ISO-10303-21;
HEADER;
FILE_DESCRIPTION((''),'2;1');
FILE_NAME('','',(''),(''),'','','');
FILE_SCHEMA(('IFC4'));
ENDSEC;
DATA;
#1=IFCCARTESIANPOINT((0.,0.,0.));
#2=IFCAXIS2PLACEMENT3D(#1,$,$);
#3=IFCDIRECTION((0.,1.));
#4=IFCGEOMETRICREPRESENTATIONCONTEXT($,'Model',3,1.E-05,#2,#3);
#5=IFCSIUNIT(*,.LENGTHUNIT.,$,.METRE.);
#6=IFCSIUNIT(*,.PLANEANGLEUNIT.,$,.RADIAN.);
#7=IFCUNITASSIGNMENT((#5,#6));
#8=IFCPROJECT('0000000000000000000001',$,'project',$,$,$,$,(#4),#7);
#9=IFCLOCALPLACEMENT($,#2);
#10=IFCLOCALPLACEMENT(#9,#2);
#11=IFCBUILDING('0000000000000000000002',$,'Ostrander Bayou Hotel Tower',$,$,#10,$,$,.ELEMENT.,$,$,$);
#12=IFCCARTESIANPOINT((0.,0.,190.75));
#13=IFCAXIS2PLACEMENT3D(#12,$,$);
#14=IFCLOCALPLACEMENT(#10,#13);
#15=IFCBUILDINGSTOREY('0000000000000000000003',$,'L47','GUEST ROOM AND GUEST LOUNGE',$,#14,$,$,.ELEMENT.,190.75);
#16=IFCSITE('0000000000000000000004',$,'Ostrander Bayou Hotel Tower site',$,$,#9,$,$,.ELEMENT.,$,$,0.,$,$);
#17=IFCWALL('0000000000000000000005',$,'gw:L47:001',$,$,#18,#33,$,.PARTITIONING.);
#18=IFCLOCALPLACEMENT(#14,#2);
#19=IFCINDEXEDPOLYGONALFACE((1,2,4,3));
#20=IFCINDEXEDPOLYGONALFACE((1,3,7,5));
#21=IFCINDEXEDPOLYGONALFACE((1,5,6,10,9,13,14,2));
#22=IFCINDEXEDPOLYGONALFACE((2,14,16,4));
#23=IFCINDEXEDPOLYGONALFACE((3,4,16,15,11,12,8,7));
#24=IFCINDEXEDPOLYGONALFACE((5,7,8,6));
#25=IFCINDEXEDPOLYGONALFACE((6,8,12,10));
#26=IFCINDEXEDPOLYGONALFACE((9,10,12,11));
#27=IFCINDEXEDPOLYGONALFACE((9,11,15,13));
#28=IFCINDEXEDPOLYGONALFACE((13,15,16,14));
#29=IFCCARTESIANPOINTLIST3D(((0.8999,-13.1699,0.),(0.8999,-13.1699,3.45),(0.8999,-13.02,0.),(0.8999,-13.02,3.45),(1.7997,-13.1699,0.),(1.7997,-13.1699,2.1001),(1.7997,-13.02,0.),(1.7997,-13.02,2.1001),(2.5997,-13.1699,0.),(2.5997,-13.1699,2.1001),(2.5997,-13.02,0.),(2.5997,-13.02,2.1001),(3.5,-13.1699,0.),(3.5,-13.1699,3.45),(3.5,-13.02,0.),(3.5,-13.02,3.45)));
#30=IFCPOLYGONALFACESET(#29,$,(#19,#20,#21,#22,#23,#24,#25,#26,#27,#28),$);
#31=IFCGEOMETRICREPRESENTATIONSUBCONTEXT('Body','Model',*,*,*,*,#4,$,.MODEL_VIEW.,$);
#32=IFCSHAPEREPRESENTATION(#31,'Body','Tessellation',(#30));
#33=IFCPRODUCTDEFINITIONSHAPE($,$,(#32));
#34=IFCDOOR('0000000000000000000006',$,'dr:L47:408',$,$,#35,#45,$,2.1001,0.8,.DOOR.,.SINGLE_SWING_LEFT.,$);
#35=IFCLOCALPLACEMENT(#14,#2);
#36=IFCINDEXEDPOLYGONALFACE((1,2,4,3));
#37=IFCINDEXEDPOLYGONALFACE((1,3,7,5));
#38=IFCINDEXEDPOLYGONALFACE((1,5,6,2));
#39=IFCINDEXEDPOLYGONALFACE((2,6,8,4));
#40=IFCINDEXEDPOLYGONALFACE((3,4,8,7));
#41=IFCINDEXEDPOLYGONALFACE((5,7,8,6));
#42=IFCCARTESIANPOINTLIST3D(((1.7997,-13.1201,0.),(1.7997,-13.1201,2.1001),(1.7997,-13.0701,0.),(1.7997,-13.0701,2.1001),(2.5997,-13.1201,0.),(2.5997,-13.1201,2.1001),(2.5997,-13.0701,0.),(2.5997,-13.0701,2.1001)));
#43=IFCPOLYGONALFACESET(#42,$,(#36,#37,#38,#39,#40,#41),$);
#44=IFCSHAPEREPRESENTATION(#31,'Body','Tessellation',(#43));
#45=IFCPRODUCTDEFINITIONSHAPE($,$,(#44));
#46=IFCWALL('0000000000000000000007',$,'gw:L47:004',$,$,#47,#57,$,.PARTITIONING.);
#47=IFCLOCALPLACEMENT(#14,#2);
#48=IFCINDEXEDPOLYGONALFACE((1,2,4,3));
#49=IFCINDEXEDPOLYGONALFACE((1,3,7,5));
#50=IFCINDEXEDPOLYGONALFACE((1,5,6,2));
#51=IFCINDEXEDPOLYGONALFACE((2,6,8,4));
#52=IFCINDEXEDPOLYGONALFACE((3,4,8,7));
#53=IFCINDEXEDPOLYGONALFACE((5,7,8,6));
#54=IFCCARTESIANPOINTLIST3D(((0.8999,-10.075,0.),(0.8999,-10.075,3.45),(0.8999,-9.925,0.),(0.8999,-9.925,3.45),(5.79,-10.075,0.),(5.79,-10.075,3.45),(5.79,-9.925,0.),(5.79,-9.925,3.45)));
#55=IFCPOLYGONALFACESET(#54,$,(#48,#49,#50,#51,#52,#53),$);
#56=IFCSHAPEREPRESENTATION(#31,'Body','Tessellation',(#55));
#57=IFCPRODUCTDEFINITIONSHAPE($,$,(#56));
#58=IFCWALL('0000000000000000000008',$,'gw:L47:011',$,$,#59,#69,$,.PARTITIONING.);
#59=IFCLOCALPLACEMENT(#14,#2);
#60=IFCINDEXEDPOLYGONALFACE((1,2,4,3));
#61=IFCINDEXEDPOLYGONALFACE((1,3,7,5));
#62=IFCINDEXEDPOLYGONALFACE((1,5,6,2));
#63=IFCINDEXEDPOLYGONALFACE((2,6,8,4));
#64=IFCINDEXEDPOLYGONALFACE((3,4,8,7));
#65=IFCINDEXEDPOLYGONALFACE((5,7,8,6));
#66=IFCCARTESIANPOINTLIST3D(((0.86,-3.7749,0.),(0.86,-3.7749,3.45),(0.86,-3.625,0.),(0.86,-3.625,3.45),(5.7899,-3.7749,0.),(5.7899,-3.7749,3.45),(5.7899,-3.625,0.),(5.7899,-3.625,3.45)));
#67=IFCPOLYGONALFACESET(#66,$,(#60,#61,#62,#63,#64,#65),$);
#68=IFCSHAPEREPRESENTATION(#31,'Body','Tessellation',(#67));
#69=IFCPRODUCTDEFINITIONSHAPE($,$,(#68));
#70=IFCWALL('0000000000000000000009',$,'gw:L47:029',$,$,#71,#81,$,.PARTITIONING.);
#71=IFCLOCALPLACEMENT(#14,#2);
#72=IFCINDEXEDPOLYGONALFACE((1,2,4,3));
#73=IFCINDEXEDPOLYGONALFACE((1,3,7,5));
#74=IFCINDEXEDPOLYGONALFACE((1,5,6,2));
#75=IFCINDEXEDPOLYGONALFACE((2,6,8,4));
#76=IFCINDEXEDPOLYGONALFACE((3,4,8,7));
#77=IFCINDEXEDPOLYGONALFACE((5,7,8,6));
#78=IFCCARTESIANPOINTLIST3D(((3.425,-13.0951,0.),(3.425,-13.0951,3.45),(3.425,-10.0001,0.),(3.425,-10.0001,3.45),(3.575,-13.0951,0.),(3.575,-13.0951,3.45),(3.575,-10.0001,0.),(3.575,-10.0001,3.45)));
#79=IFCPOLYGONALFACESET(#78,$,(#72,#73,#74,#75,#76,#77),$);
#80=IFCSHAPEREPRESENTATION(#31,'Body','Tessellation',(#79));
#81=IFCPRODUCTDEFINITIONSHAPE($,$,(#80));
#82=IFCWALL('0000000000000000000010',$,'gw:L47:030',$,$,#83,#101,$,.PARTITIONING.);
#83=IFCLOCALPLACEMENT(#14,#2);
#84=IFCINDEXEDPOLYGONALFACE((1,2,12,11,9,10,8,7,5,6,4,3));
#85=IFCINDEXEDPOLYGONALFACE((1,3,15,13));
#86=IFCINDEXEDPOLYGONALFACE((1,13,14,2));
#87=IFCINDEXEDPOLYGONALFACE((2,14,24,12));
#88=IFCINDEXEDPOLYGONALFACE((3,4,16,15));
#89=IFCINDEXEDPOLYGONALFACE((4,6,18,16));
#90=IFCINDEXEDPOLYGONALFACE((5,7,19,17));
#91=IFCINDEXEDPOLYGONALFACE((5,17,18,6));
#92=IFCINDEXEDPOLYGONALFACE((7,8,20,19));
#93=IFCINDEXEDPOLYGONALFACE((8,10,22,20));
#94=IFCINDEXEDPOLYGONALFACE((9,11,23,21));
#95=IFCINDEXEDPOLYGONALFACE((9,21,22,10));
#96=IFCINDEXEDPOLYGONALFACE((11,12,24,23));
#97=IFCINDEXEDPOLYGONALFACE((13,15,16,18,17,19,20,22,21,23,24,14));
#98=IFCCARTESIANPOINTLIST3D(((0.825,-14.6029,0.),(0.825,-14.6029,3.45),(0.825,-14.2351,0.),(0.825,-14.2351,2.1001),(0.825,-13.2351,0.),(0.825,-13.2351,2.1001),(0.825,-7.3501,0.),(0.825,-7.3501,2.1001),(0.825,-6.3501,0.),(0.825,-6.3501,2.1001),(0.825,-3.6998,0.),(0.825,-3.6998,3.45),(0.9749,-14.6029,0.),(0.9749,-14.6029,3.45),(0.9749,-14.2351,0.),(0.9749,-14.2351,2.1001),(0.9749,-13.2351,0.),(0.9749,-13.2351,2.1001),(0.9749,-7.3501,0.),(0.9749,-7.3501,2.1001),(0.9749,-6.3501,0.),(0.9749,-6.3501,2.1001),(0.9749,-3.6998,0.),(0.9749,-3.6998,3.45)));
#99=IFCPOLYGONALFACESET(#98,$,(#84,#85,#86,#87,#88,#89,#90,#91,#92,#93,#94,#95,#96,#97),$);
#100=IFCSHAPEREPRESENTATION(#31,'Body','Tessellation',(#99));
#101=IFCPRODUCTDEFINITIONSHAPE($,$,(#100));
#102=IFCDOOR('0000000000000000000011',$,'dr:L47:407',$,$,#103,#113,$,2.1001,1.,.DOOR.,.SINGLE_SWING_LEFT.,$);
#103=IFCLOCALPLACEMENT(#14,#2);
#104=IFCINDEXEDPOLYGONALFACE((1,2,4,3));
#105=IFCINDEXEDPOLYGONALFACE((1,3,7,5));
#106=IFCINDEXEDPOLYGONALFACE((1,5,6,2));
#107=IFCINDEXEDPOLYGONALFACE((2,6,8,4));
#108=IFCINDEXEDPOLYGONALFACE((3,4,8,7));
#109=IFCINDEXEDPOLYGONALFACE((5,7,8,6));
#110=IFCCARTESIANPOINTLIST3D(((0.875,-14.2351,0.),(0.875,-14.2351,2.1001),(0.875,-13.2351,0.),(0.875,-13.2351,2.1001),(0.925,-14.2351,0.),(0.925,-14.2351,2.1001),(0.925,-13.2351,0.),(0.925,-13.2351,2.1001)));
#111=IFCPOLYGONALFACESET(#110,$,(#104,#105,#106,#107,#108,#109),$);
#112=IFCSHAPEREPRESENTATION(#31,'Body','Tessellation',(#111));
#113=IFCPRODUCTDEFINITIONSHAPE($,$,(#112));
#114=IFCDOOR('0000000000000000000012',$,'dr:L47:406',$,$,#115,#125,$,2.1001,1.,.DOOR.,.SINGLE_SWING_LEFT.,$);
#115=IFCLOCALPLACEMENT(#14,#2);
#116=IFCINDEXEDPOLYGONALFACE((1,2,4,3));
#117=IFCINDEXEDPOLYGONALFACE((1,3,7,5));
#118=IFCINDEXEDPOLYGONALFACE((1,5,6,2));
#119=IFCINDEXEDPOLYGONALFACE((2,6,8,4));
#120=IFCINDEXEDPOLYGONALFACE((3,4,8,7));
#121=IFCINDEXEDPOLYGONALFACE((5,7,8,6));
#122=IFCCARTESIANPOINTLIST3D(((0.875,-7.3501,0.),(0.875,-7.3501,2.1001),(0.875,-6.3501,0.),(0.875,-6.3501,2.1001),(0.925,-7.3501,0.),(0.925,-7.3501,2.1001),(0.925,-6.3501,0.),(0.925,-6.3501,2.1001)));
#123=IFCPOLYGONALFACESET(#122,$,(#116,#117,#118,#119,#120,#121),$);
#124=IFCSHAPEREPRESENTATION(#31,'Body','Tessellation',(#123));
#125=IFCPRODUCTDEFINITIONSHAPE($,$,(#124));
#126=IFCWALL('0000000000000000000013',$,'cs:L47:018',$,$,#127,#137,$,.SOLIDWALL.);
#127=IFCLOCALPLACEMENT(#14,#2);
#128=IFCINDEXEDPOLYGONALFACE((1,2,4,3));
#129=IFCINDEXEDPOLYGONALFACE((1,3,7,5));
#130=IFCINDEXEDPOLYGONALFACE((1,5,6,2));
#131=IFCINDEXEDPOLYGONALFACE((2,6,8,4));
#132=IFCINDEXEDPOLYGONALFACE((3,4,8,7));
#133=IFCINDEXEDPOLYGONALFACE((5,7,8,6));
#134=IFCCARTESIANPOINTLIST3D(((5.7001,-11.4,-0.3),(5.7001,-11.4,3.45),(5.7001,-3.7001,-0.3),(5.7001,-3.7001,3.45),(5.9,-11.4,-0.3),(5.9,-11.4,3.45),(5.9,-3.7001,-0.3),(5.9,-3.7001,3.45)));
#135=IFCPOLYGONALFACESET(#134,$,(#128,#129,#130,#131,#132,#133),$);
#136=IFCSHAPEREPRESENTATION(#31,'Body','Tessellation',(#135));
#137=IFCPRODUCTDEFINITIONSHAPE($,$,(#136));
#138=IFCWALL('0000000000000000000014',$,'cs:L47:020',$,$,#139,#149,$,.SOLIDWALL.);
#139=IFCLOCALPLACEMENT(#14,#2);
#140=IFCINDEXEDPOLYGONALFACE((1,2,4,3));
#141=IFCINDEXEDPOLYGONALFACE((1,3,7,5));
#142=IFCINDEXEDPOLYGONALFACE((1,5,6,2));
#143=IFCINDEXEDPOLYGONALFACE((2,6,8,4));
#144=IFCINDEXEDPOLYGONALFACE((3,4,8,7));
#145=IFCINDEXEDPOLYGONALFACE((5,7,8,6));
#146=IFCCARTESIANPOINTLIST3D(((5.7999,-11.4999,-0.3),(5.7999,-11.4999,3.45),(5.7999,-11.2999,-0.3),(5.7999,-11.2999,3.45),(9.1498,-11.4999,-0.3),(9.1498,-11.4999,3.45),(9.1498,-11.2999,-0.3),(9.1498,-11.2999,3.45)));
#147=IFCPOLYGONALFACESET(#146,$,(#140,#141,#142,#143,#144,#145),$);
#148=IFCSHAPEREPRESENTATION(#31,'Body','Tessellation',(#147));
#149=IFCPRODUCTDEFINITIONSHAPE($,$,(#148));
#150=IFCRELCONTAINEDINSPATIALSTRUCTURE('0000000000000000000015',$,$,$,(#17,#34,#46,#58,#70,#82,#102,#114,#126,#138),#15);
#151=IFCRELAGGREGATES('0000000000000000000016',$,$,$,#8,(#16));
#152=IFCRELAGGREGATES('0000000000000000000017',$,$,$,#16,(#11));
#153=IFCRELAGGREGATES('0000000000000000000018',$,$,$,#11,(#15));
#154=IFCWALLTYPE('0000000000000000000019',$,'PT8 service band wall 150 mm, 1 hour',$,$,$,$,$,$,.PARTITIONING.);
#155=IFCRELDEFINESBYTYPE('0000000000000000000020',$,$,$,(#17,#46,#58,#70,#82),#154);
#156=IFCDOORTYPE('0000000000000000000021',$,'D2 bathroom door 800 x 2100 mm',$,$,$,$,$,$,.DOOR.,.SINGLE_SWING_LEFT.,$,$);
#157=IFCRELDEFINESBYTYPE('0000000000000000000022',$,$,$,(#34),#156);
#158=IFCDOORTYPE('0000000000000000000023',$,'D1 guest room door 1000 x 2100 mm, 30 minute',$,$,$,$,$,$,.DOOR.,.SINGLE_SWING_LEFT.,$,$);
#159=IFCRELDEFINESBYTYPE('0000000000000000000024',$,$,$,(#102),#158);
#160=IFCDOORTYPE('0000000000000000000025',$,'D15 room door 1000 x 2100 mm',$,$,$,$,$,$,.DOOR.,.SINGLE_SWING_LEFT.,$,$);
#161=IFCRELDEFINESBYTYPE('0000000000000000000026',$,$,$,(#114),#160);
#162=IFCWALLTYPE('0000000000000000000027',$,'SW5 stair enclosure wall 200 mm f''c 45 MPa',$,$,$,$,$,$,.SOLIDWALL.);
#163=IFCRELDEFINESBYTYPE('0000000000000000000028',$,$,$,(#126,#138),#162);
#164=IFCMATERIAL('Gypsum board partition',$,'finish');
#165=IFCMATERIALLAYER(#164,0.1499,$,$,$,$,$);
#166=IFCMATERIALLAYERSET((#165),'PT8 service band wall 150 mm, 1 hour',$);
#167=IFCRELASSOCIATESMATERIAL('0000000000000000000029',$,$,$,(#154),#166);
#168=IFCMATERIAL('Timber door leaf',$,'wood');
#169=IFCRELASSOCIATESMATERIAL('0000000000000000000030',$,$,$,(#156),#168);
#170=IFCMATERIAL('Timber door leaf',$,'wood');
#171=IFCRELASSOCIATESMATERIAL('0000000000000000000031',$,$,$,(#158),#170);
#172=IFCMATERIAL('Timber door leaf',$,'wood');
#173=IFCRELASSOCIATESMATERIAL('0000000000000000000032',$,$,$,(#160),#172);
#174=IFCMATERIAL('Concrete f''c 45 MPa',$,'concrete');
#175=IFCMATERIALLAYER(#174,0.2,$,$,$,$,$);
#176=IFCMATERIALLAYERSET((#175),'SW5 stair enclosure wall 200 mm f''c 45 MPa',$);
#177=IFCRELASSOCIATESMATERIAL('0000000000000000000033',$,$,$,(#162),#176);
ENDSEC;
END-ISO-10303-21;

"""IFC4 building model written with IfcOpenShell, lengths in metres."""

from ifc_helpers import new_model, si_unit, direction, frame, frame_2d, origin, place, context, subcontext, project, spatial, rectangle, extrude, material, layer, layer_set, type_object, element, fill, save


model = new_model("IFC4")

# Units and contexts
model_context = context("Model", 3, precision=1e-05, world=origin(), true_north=direction((0.0, 1.0)))
body_context = subcontext(model_context, "Body", "Model", "MODEL_VIEW")
ifc_project = project(units=[si_unit("LENGTHUNIT", "METRE"), si_unit("PLANEANGLEUNIT", "RADIAN")], contexts=[model_context])

# Site, building, storey
site_placement = place(None, origin())
site = spatial("IfcSite", under=ifc_project, at=site_placement, Name="Ostrander Bayou Hotel Tower site", CompositionType="ELEMENT", RefElevation=0.0)
building_placement = place(site_placement, origin())
building = spatial("IfcBuilding", under=site, at=building_placement, Name="Ostrander Bayou Hotel Tower", CompositionType="ELEMENT")
storey_placement = place(building_placement, frame((0.0, 0.0, 190.75)))
storey = spatial("IfcBuildingStorey", under=building, at=storey_placement, Name="L47", Description="GUEST ROOM AND GUEST LOUNGE", CompositionType="ELEMENT", Elevation=190.75)

# Wall, opening, door
ifc_material_1 = material(Name="Gypsum board partition", Category="finish")
ifc_layer_1 = layer(ifc_material_1, 0.1499)
ifc_layer_set_1 = layer_set([ifc_layer_1], Name="PT8 service band wall 150 mm, 1 hour")
wall_type_1 = type_object("IfcWallType", Name="PT8 service band wall 150 mm, 1 hour", PredefinedType="PARTITIONING", material=ifc_layer_set_1)
wall_1_placement = place(storey_placement, frame((0.8999, -13.095, 0.0), z_axis=(0.0, 0.0, 1.0), x_axis=(1.0, 0.0, 0.0)))
wall_1 = element("IfcWall", 1, at=wall_1_placement, inside=storey, type_object=wall_type_1, Name="gw:L47:001", PredefinedType="PARTITIONING", context=body_context, shape_type="SweptSolid", body=[
    extrude(rectangle(XDim=2.6001, YDim=0.1499, at=frame_2d((1.3, 0.0))), origin(), (0.0, 0.0, 1.0), 3.45),
])
opening_1_placement = place(wall_1_placement, frame((0.8999, 0.0, 0.0)))
opening_1 = element("IfcOpeningElement", 2, at=opening_1_placement, cuts=wall_1, PredefinedType="OPENING", context=body_context, shape_type="SweptSolid", body=[
    extrude(rectangle(XDim=0.8, YDim=2.1001, at=frame_2d((0.3999, 1.05))), frame((0.0, 0.075, 0.0), z_axis=(0.0, -1.0, 0.0), x_axis=(1.0, 0.0, 0.0)), (0.0, 0.0, 1.0), 0.1499),
])
ifc_material_2 = material(Name="Timber door leaf", Category="wood")
door_type_1 = type_object("IfcDoorType", Name="D2 bathroom door 800 x 2100 mm", OperationType="SINGLE_SWING_LEFT", PredefinedType="DOOR", material=ifc_material_2)
door_1_placement = place(opening_1_placement, origin())
door_1 = element("IfcDoor", 3, at=door_1_placement, inside=storey, type_object=door_type_1, Name="dr:L47:408", OperationType="SINGLE_SWING_LEFT", OverallHeight=2.1001, OverallWidth=0.8, PredefinedType="DOOR", context=body_context, shape_type="SweptSolid", body=[
    extrude(rectangle(XDim=0.8, YDim=2.1001, at=frame_2d((0.3999, 1.05))), frame((0.0, 0.0249, 0.0), z_axis=(0.0, -1.0, 0.0), x_axis=(1.0, 0.0, 0.0)), (0.0, 0.0, 1.0), 0.05),
])
fill(opening_1, door_1)

# Walls
wall_2_placement = place(storey_placement, frame((0.8999, -10.0, 0.0), z_axis=(0.0, 0.0, 1.0), x_axis=(1.0, 0.0, 0.0)))
element("IfcWall", 4, at=wall_2_placement, inside=storey, type_object=wall_type_1, Name="gw:L47:004", PredefinedType="PARTITIONING", context=body_context, shape_type="SweptSolid", body=[
    extrude(rectangle(XDim=4.8901, YDim=0.1499, at=frame_2d((2.4451, 0.0))), origin(), (0.0, 0.0, 1.0), 3.45),
])
wall_3_placement = place(storey_placement, frame((0.8601, -3.7, 0.0), z_axis=(0.0, 0.0, 1.0), x_axis=(1.0, 0.0, 0.0)))
element("IfcWall", 5, at=wall_3_placement, inside=storey, type_object=wall_type_1, Name="gw:L47:011", PredefinedType="PARTITIONING", context=body_context, shape_type="SweptSolid", body=[
    extrude(rectangle(XDim=4.9299, YDim=0.1499, at=frame_2d((2.4648, 0.0))), origin(), (0.0, 0.0, 1.0), 3.45),
])
wall_4_placement = place(storey_placement, frame((3.5, -13.095, 0.0), z_axis=(0.0, 0.0, 1.0), x_axis=(0.0, 1.0, 0.0)))
element("IfcWall", 6, at=wall_4_placement, inside=storey, type_object=wall_type_1, Name="gw:L47:029", PredefinedType="PARTITIONING", context=body_context, shape_type="SweptSolid", body=[
    extrude(rectangle(XDim=3.095, YDim=0.1499, at=frame_2d((1.5474, 0.0))), origin(), (0.0, 0.0, 1.0), 3.45),
])

# Wall, openings, doors
wall_5_placement = place(storey_placement, frame((0.8999, -14.603, 0.0), z_axis=(0.0, 0.0, 1.0), x_axis=(0.0, 1.0, 0.0)))
wall_5 = element("IfcWall", 7, at=wall_5_placement, inside=storey, type_object=wall_type_1, Name="gw:L47:030", PredefinedType="PARTITIONING", context=body_context, shape_type="SweptSolid", body=[
    extrude(rectangle(XDim=10.9031, YDim=0.1499, at=frame_2d((5.4517, 0.0))), origin(), (0.0, 0.0, 1.0), 3.45),
])
opening_2_placement = place(wall_5_placement, frame((7.2529, 0.0, 0.0)))
opening_2 = element("IfcOpeningElement", 8, at=opening_2_placement, cuts=wall_5, PredefinedType="OPENING", context=body_context, shape_type="SweptSolid", body=[
    extrude(rectangle(XDim=1.0, YDim=2.1001, at=frame_2d((0.5, 1.05))), frame((0.0, 0.075, 0.0), z_axis=(0.0, -1.0, 0.0), x_axis=(1.0, 0.0, 0.0)), (0.0, 0.0, 1.0), 0.1499),
])
opening_3_placement = place(wall_5_placement, frame((0.3679, 0.0, 0.0)))
opening_3 = element("IfcOpeningElement", 9, at=opening_3_placement, cuts=wall_5, PredefinedType="OPENING", context=body_context, shape_type="SweptSolid", body=[
    extrude(rectangle(XDim=1.0, YDim=2.1001, at=frame_2d((0.5, 1.05))), frame((0.0, 0.075, 0.0), z_axis=(0.0, -1.0, 0.0), x_axis=(1.0, 0.0, 0.0)), (0.0, 0.0, 1.0), 0.1499),
])
ifc_material_3 = material(Name="Timber door leaf", Category="wood")
door_type_2 = type_object("IfcDoorType", Name="D1 guest room door 1000 x 2100 mm, 30 minute", OperationType="SINGLE_SWING_LEFT", PredefinedType="DOOR", material=ifc_material_3)
door_2_placement = place(opening_3_placement, origin())
door_2 = element("IfcDoor", 10, at=door_2_placement, inside=storey, type_object=door_type_2, Name="dr:L47:407", OperationType="SINGLE_SWING_LEFT", OverallHeight=2.1001, OverallWidth=1.0, PredefinedType="DOOR", context=body_context, shape_type="SweptSolid", body=[
    extrude(rectangle(XDim=1.0, YDim=2.1001, at=frame_2d((0.5, 1.05))), frame((0.0, 0.0249, 0.0), z_axis=(0.0, -1.0, 0.0), x_axis=(1.0, 0.0, 0.0)), (0.0, 0.0, 1.0), 0.05),
])
fill(opening_3, door_2)
ifc_material_4 = material(Name="Timber door leaf", Category="wood")
door_type_3 = type_object("IfcDoorType", Name="D15 room door 1000 x 2100 mm", OperationType="SINGLE_SWING_LEFT", PredefinedType="DOOR", material=ifc_material_4)
door_3_placement = place(opening_2_placement, origin())
door_3 = element("IfcDoor", 11, at=door_3_placement, inside=storey, type_object=door_type_3, Name="dr:L47:406", OperationType="SINGLE_SWING_LEFT", OverallHeight=2.1001, OverallWidth=1.0, PredefinedType="DOOR", context=body_context, shape_type="SweptSolid", body=[
    extrude(rectangle(XDim=1.0, YDim=2.1001, at=frame_2d((0.5, 1.05))), frame((0.0, 0.0249, 0.0), z_axis=(0.0, -1.0, 0.0), x_axis=(1.0, 0.0, 0.0)), (0.0, 0.0, 1.0), 0.05),
])
fill(opening_2, door_3)

# Shared definitions
ifc_material_5 = material(Name="Concrete f'c 45 MPa", Category="concrete")
ifc_layer_2 = layer(ifc_material_5, 0.2)
ifc_layer_set_2 = layer_set([ifc_layer_2], Name="SW5 stair enclosure wall 200 mm f'c 45 MPa")
wall_type_2 = type_object("IfcWallType", Name="SW5 stair enclosure wall 200 mm f'c 45 MPa", PredefinedType="SOLIDWALL", material=ifc_layer_set_2)

# Walls
wall_6_placement = place(storey_placement, frame((5.8, -3.7, -0.3), z_axis=(0.0, 0.0, 1.0), x_axis=(0.0, -1.0, 0.0)))
element("IfcWall", 12, at=wall_6_placement, inside=storey, type_object=wall_type_2, Name="cs:L47:018", PredefinedType="SOLIDWALL", context=body_context, shape_type="SweptSolid", body=[
    extrude(rectangle(XDim=7.7, YDim=0.2, at=frame_2d((3.8501, 0.0))), origin(), (0.0, 0.0, 1.0), 3.75),
])
wall_7_placement = place(storey_placement, frame((5.8, -11.3999, -0.3), z_axis=(0.0, 0.0, 1.0), x_axis=(1.0, 0.0, 0.0)))
element("IfcWall", 13, at=wall_7_placement, inside=storey, type_object=wall_type_2, Name="cs:L47:020", PredefinedType="SOLIDWALL", context=body_context, shape_type="SweptSolid", body=[
    extrude(rectangle(XDim=3.3499, YDim=0.2, at=frame_2d((1.6748, 0.0))), origin(), (0.0, 0.0, 1.0), 3.75),
])

save(model, "model.ifc")
